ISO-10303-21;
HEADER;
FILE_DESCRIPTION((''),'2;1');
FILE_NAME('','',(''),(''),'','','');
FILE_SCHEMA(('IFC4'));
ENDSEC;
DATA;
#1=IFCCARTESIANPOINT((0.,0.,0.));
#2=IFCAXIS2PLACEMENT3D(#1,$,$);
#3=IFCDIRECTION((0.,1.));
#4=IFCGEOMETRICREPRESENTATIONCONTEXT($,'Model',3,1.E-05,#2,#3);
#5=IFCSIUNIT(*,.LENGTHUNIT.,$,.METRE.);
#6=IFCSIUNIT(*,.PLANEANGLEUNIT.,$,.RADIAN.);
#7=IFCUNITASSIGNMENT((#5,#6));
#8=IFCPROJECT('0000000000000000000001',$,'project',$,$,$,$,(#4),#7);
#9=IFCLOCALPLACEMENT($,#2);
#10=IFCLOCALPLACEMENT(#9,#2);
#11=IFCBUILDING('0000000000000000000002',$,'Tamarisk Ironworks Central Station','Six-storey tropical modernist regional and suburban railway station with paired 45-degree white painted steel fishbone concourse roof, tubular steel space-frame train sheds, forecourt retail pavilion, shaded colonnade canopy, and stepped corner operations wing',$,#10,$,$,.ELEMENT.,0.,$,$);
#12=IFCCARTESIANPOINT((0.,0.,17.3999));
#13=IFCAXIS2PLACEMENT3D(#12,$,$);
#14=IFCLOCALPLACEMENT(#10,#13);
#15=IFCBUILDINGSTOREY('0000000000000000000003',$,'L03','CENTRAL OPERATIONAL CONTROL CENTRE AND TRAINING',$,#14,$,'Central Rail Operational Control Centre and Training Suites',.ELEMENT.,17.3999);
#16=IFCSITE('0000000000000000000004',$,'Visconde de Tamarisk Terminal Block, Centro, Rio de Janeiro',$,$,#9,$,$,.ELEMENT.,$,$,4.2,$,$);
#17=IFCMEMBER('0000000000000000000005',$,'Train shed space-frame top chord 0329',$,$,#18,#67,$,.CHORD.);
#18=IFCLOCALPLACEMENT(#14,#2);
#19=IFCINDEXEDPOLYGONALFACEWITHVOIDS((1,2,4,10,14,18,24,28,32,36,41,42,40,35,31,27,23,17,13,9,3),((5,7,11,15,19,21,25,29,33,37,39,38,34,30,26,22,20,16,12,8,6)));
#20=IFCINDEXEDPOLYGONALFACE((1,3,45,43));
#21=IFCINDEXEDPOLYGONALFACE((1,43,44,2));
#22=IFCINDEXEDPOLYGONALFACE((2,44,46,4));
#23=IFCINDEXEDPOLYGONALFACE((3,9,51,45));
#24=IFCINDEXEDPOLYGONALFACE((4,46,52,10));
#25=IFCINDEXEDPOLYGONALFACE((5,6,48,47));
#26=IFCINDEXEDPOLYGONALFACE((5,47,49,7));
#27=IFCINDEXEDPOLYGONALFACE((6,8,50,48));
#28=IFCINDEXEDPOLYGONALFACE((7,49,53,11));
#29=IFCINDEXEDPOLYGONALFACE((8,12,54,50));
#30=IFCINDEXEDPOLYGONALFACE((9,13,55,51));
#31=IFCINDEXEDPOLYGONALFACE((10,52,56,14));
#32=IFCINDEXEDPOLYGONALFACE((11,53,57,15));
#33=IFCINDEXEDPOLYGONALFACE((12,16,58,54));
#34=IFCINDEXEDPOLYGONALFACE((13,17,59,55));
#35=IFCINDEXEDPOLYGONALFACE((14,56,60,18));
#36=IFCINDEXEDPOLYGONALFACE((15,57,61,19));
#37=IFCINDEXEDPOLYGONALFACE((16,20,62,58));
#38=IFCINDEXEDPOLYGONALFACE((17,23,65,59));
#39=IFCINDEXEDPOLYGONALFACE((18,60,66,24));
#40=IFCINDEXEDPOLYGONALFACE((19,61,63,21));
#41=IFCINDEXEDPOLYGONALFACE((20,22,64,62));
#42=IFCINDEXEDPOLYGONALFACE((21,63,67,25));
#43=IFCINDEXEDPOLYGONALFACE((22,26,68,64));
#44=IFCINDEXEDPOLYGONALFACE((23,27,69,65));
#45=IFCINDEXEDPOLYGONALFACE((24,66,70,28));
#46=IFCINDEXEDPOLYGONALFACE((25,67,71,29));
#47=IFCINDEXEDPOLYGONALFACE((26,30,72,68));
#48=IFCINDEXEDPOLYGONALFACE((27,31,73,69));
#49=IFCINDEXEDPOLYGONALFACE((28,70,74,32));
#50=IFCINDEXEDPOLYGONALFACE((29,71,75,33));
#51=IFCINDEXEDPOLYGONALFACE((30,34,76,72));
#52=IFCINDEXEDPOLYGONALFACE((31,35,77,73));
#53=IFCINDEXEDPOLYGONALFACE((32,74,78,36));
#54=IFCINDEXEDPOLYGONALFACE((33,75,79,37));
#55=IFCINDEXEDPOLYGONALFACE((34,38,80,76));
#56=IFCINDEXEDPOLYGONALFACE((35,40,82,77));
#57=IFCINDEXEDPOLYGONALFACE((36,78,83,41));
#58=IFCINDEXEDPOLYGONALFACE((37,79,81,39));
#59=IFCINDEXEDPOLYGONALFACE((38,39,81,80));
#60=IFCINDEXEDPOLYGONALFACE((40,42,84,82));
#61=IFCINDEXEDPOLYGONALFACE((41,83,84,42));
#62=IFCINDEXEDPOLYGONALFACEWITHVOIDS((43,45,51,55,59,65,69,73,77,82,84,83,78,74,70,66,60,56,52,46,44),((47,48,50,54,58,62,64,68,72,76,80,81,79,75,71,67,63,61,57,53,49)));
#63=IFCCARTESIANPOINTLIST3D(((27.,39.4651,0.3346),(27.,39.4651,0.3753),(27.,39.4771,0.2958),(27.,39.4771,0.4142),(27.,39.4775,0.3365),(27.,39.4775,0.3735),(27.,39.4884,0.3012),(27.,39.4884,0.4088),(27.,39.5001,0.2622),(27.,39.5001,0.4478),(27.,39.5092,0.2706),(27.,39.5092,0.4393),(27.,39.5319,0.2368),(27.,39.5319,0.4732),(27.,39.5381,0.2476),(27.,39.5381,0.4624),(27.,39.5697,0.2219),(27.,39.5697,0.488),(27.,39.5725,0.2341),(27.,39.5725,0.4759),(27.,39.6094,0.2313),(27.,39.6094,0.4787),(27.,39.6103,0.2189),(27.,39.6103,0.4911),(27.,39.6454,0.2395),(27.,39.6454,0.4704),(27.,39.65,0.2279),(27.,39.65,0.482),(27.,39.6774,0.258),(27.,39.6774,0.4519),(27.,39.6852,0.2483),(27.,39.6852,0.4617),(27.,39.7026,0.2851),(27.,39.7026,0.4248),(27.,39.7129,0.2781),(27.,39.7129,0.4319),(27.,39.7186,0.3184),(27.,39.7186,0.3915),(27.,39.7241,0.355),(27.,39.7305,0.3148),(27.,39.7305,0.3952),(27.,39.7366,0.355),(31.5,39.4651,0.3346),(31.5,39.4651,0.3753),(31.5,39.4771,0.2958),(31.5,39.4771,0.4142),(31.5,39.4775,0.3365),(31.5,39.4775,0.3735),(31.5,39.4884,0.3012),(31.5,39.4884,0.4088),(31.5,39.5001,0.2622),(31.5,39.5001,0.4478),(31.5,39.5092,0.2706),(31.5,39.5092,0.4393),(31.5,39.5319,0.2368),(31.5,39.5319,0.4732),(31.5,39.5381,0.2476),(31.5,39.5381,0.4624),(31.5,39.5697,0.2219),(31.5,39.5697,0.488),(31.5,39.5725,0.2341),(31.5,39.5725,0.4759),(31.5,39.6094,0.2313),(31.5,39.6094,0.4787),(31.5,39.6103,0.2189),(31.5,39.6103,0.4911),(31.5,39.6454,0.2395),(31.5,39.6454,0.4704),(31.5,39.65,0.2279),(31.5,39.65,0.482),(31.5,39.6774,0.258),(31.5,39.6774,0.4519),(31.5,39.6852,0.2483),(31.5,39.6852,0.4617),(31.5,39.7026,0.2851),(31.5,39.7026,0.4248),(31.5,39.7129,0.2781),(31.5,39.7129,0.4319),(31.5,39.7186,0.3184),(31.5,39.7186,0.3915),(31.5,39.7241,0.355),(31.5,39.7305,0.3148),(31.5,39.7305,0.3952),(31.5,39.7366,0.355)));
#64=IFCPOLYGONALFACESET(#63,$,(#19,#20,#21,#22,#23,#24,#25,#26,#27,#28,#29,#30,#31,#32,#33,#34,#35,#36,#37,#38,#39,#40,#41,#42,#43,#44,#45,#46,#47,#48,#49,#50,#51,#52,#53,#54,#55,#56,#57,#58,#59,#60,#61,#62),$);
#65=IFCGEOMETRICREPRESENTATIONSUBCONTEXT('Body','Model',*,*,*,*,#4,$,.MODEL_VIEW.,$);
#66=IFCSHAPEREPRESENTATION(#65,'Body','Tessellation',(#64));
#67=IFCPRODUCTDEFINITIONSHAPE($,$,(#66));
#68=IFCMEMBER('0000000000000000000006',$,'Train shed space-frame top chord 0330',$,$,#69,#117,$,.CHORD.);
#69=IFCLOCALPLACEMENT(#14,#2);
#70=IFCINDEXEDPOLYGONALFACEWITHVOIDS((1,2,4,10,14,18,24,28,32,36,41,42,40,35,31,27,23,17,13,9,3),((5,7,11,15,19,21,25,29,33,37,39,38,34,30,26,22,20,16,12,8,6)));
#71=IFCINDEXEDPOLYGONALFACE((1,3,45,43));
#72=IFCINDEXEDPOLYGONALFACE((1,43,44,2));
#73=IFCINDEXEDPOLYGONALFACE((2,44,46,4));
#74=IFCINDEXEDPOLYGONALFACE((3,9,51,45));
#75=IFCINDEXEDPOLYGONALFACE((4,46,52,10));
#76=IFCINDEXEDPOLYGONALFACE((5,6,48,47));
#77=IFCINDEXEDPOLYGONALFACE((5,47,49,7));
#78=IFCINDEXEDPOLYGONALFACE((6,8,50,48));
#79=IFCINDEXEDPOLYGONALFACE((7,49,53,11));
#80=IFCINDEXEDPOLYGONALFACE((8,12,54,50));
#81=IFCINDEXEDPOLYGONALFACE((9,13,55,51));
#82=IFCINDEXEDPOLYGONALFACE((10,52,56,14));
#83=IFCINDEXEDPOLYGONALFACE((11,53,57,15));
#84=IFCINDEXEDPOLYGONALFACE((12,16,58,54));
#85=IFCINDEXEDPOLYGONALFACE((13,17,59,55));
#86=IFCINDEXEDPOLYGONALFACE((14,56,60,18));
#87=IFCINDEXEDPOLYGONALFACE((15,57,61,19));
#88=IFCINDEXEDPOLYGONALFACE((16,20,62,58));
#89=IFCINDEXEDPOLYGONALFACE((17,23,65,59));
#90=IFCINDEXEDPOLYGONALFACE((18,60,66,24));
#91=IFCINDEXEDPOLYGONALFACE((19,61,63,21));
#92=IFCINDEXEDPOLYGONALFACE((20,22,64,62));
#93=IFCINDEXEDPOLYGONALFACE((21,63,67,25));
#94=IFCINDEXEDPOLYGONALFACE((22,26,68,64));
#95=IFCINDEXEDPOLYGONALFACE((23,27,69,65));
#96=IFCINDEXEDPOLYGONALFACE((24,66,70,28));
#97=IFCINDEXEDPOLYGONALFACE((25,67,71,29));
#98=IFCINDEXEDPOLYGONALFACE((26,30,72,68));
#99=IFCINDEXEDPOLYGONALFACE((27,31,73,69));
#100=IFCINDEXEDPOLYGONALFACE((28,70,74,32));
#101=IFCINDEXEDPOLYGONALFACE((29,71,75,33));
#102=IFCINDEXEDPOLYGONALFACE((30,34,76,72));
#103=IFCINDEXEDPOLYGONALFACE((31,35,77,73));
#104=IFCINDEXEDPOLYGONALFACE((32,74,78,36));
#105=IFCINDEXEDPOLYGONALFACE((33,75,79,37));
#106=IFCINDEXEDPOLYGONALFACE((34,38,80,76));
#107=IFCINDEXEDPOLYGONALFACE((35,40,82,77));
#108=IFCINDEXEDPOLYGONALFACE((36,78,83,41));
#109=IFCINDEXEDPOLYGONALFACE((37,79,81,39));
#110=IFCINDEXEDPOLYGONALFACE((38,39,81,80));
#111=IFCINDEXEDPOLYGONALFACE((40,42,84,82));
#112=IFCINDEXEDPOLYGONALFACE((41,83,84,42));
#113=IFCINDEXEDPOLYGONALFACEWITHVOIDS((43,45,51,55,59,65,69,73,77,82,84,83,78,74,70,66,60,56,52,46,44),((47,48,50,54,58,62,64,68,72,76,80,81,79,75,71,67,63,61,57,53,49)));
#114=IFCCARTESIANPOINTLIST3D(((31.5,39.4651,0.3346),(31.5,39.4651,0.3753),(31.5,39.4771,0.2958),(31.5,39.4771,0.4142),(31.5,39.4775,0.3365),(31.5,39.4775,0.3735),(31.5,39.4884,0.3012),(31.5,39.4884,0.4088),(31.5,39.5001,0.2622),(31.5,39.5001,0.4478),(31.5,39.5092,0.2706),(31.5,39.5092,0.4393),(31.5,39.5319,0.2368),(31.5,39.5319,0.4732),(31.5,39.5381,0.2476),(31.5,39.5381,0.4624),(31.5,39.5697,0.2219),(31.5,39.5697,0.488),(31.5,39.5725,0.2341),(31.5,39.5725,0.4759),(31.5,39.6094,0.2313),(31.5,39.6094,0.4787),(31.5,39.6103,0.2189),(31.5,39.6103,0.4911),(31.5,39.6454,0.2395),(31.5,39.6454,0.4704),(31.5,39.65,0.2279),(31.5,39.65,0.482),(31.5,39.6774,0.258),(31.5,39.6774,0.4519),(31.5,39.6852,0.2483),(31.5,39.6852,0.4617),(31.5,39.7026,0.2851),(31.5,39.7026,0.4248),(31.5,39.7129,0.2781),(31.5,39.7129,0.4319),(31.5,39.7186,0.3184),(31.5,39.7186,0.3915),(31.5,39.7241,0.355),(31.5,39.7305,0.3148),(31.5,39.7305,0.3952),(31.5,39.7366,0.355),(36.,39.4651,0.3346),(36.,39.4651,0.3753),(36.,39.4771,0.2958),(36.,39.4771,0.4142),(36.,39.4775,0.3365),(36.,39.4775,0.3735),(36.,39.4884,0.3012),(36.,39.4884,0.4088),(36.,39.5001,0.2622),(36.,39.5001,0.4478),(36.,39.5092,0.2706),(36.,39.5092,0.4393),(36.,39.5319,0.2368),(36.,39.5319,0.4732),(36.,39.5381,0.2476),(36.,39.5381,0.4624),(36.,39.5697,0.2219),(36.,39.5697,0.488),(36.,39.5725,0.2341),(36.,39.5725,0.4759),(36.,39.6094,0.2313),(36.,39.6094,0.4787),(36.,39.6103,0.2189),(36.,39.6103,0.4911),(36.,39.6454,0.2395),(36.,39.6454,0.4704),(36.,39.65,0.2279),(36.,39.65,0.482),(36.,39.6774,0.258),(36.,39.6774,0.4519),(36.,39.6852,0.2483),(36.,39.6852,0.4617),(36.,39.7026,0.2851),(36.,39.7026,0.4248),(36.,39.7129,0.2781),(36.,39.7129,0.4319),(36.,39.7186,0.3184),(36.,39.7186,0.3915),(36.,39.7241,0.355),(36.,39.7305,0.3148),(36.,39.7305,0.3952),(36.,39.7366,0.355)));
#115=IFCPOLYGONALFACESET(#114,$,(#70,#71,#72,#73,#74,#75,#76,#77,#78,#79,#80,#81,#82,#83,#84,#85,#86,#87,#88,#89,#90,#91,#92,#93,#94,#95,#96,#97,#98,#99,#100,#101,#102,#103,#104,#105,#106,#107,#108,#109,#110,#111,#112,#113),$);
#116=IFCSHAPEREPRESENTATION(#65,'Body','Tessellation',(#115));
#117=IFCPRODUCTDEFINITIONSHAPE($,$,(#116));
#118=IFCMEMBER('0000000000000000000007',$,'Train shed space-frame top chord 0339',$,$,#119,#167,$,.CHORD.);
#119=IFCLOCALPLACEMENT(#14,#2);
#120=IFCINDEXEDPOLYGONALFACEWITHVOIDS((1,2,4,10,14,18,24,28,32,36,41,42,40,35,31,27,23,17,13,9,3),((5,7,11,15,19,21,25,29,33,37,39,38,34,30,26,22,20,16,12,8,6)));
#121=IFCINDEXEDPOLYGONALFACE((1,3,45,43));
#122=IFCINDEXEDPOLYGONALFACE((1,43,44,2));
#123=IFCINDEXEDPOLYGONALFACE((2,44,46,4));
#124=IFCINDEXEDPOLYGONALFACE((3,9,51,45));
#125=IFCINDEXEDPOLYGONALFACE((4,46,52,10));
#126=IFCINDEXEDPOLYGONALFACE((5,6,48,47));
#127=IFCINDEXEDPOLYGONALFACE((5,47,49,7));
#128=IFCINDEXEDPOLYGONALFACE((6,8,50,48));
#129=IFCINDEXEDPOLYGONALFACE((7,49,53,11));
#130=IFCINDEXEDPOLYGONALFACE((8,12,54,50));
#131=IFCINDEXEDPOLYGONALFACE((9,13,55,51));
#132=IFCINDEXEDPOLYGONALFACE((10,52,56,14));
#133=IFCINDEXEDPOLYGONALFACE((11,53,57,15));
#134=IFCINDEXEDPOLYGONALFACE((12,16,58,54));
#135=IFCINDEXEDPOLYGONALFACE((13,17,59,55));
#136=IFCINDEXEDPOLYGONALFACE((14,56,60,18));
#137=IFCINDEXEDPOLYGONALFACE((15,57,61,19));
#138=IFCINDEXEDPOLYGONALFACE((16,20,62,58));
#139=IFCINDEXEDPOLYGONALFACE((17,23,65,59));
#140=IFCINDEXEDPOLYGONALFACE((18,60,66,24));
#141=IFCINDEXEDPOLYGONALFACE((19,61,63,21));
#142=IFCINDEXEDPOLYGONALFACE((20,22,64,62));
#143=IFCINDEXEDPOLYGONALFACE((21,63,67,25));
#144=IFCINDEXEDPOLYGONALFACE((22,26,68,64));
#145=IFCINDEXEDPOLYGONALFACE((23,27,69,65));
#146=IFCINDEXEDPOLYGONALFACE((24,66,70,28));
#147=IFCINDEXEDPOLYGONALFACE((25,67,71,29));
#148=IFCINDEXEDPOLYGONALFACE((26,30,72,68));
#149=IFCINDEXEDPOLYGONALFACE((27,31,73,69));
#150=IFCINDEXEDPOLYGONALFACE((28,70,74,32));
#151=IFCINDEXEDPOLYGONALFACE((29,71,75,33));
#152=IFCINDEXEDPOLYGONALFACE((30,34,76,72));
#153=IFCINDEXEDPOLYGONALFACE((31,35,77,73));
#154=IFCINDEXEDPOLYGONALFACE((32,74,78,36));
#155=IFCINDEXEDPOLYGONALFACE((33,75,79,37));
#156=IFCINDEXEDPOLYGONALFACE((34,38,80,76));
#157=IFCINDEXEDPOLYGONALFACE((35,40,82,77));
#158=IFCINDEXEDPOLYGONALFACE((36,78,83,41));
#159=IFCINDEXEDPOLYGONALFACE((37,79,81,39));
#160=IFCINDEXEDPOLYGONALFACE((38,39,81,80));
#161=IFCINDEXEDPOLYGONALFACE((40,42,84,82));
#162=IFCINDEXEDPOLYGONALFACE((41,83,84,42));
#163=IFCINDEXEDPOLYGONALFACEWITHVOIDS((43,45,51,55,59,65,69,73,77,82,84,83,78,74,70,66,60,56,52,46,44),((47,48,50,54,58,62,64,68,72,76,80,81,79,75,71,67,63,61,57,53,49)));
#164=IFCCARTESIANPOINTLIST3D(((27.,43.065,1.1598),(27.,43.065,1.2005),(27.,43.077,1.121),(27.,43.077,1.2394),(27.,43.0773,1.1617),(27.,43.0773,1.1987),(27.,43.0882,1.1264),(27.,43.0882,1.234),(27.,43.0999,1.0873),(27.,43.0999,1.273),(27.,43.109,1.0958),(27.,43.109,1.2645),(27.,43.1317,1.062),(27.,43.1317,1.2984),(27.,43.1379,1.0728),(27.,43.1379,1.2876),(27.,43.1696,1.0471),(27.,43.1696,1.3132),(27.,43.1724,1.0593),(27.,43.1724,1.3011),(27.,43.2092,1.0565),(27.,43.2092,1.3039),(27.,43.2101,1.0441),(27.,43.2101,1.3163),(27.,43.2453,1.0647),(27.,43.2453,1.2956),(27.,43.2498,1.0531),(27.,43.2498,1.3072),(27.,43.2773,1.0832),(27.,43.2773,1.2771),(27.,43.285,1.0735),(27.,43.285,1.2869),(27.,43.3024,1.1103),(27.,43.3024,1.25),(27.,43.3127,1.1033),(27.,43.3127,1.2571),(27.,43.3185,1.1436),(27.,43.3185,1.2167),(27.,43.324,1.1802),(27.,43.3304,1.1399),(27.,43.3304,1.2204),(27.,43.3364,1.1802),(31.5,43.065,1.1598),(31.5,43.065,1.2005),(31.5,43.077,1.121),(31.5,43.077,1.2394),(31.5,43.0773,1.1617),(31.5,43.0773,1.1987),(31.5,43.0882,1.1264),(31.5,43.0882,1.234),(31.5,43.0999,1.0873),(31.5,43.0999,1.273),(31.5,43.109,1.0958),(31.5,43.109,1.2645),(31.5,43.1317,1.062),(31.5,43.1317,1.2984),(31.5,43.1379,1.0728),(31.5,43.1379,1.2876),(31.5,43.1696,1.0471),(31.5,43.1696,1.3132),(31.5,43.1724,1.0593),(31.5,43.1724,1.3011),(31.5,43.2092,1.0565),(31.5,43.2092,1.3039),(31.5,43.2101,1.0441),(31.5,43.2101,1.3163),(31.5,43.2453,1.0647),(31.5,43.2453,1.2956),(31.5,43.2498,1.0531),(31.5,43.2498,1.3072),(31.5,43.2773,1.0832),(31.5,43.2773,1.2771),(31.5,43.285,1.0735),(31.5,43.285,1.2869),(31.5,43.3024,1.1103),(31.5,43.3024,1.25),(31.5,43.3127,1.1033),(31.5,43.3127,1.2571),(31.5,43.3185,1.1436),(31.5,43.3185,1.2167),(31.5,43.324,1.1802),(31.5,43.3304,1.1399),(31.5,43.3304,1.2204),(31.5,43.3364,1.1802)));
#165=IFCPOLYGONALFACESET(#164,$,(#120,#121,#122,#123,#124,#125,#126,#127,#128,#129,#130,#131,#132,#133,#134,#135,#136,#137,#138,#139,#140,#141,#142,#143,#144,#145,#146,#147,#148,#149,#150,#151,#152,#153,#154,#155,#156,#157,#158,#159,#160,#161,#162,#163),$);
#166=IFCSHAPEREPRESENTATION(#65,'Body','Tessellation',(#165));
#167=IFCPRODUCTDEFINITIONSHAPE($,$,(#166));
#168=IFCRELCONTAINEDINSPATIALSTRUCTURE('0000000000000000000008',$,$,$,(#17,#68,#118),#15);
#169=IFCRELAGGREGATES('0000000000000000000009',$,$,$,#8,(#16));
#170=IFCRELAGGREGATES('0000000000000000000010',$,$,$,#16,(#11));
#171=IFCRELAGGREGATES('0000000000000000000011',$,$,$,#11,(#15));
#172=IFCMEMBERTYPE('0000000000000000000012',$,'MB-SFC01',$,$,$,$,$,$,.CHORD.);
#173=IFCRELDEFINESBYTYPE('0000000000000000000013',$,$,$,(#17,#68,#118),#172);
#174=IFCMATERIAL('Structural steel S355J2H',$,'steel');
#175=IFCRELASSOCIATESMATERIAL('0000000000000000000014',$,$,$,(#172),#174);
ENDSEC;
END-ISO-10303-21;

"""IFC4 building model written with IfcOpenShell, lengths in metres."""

from ifc_helpers import new_model, si_unit, direction, frame, origin, origin_2d, place, context, subcontext, project, spatial, hollow_circle, extrude, material, material_profile, profile_set, type_object, element, save


model = new_model("IFC4")

# Units and contexts
model_context = context("Model", 3, precision=1e-05, world=origin(), true_north=direction((0.0, 1.0)))
body_context = subcontext(model_context, "Body", "Model", "MODEL_VIEW")
ifc_project = project(units=[si_unit("LENGTHUNIT", "METRE"), si_unit("PLANEANGLEUNIT", "RADIAN")], contexts=[model_context])

# Site, building, storey
site_placement = place(None, origin())
site = spatial("IfcSite", under=ifc_project, at=site_placement, Name="Visconde de Tamarisk Terminal Block, Centro, Rio de Janeiro", CompositionType="ELEMENT", RefElevation=4.2)
building_placement = place(site_placement, origin())
building = spatial("IfcBuilding", under=site, at=building_placement, Name="Tamarisk Ironworks Central Station", Description="Six-storey tropical modernist regional and suburban railway station with paired 45-degree white painted steel fishbone concourse roof, tubular steel space-frame train sheds, forecourt retail pavilion, shaded colonnade canopy, and stepped corner operations wing", CompositionType="ELEMENT", ElevationOfRefHeight=0.0)
storey_placement = place(building_placement, frame((0.0, 0.0, 17.3999)))
storey = spatial("IfcBuildingStorey", under=building, at=storey_placement, Name="L03", Description="CENTRAL OPERATIONAL CONTROL CENTRE AND TRAINING", LongName="Central Rail Operational Control Centre and Training Suites", CompositionType="ELEMENT", Elevation=17.3999)

# Members
ifc_material = material(Name="Structural steel S355J2H", Category="steel")
ifc_material_profile_1 = material_profile(ifc_material, hollow_circle(Radius=0.1365, WallThickness=0.0125, at=origin_2d()), Name="CHS 273x12.5")
ifc_profile_set_1 = profile_set([ifc_material_profile_1], Name="Structural steel S355J2H")
member_type_1 = type_object("IfcMemberType", Name="MB-SFC01", PredefinedType="CHORD", material=ifc_profile_set_1)
for number, where, z_axis, x_axis, name in (
    (1, (27.0, 39.6001, 0.355), (1.0, 0.0, 0.0), (0.0, 1.0, 0.0), "Train shed space-frame top chord 0329"),
    (2, (31.5, 39.6001, 0.355), (1.0, 0.0, 0.0), (0.0, 1.0, 0.0), "Train shed space-frame top chord 0330"),
    (3, (27.0, 43.2, 1.1802), (1.0, 0.0, 0.0), (0.0, 1.0, 0.0), "Train shed space-frame top chord 0339"),
):
    element("IfcMember", number, at=place(storey_placement, frame(where, z_axis=z_axis, x_axis=x_axis)), inside=storey, type_object=member_type_1, Name=name, PredefinedType="CHORD", context=body_context, shape_type="SweptSolid", body=[
        extrude(hollow_circle(Radius=0.1365, WallThickness=0.0125, at=origin_2d()), origin(), (0.0, 0.0, 1.0), 4.5),
    ])

save(model, "model.ifc")
